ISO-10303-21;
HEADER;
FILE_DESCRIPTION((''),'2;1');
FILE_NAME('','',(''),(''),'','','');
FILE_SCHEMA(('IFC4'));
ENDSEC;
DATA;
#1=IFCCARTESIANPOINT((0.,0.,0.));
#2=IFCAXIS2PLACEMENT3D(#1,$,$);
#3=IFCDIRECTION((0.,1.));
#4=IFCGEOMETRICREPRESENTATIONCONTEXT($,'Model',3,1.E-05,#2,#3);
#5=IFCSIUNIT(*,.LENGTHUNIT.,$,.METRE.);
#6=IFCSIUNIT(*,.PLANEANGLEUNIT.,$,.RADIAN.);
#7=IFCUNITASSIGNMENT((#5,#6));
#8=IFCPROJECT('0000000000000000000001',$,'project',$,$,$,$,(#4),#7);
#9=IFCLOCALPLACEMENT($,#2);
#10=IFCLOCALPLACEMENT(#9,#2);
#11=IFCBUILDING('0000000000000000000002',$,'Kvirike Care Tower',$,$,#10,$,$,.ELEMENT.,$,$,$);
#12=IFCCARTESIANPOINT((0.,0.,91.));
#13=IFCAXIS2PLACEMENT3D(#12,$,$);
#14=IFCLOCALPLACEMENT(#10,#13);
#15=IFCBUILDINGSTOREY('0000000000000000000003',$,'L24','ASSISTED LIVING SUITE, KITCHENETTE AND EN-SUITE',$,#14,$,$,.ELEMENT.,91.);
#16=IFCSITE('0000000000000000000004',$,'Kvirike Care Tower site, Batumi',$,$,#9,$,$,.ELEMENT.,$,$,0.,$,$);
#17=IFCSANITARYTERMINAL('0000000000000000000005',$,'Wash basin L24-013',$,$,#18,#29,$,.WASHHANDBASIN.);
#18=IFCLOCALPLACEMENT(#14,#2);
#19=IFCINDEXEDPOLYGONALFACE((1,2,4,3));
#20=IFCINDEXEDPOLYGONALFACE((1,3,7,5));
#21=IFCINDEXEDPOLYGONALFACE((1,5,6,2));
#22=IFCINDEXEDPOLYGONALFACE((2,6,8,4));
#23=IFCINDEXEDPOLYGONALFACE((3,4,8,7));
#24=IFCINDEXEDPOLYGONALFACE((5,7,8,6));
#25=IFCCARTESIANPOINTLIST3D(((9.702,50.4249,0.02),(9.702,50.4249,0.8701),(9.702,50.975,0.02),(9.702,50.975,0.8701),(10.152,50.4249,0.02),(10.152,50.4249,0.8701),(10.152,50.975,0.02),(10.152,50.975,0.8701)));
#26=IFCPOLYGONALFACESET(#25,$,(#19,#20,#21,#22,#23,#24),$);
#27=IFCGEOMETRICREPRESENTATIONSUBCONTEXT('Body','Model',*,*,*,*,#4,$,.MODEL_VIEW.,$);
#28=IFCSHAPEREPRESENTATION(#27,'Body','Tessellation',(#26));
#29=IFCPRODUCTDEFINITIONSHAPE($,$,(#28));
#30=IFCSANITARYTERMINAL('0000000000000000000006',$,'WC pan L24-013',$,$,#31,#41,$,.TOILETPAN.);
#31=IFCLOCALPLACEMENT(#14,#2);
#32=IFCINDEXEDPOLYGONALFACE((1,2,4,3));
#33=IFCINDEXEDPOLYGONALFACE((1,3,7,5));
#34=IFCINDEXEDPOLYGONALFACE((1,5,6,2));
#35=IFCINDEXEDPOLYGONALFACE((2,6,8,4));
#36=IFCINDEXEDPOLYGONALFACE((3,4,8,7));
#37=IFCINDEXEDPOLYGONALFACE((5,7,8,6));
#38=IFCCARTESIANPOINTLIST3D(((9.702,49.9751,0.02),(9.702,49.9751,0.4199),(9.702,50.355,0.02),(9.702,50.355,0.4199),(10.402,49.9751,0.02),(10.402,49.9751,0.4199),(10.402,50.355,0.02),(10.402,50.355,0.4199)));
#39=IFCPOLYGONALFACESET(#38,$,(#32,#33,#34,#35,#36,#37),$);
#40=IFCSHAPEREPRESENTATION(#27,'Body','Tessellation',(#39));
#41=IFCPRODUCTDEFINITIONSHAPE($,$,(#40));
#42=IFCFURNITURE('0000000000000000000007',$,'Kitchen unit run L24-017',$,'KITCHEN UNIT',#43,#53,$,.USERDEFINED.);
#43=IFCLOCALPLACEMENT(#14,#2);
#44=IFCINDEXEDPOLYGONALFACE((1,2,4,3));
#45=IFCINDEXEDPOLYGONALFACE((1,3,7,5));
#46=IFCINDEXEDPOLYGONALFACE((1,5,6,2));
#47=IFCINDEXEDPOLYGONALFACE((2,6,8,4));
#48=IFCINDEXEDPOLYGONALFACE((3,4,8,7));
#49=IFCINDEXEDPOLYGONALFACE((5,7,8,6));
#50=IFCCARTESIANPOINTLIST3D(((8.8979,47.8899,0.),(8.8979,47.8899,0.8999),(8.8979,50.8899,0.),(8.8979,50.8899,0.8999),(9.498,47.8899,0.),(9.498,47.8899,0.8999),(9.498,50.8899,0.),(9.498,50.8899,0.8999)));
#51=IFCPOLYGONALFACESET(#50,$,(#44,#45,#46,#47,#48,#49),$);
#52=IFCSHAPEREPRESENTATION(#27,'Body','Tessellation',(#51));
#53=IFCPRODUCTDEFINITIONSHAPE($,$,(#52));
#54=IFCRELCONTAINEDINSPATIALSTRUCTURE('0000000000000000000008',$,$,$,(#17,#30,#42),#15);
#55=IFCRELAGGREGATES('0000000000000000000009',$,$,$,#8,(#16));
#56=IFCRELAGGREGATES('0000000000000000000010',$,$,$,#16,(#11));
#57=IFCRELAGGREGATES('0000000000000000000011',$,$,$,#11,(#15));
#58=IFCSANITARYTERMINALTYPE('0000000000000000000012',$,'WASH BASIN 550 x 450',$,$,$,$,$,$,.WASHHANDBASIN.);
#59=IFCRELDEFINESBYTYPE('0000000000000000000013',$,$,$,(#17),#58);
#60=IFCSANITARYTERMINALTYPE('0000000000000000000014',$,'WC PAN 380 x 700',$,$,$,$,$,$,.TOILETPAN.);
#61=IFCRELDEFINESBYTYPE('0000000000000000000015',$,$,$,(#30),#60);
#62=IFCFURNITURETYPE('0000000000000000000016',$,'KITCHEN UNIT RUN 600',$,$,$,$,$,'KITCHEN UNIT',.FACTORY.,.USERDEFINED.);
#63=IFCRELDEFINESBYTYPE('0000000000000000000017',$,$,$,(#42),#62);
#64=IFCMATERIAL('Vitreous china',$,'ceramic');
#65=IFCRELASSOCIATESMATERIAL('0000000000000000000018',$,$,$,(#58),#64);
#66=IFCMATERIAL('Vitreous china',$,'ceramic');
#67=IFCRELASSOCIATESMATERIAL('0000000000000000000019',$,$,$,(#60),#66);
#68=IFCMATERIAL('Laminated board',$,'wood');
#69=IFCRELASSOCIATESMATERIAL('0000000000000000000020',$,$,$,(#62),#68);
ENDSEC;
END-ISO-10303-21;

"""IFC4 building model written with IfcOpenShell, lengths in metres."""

from ifc_helpers import new_model, si_unit, direction, frame, origin, origin_2d, place, context, subcontext, project, spatial, rectangle, extrude, material, type_object, element, save


model = new_model("IFC4")

# Units and contexts
model_context = context("Model", 3, precision=1e-05, world=origin(), true_north=direction((0.0, 1.0)))
body_context = subcontext(model_context, "Body", "Model", "MODEL_VIEW")
ifc_project = project(units=[si_unit("LENGTHUNIT", "METRE"), si_unit("PLANEANGLEUNIT", "RADIAN")], contexts=[model_context])

# Site, building, storey
site_placement = place(None, origin())
site = spatial("IfcSite", under=ifc_project, at=site_placement, Name="Kvirike Care Tower site, Batumi", CompositionType="ELEMENT", RefElevation=0.0)
building_placement = place(site_placement, origin())
building = spatial("IfcBuilding", under=site, at=building_placement, Name="Kvirike Care Tower", CompositionType="ELEMENT")
storey_placement = place(building_placement, frame((0.0, 0.0, 91.0)))
storey = spatial("IfcBuildingStorey", under=building, at=storey_placement, Name="L24", Description="ASSISTED LIVING SUITE, KITCHENETTE AND EN-SUITE", CompositionType="ELEMENT", Elevation=91.0)

# Sanitary terminals
ifc_material_1 = material(Name="Vitreous china", Category="ceramic")
sanitary_terminal_type_1 = type_object("IfcSanitaryTerminalType", Name="WASH BASIN 550 x 450", PredefinedType="WASHHANDBASIN", material=ifc_material_1)
sanitary_terminal_1_placement = place(storey_placement, frame((9.927, 50.7, 0.02), z_axis=(0.0, 0.0, 1.0), x_axis=(0.0, 1.0, 0.0)))
element("IfcSanitaryTerminal", 1, at=sanitary_terminal_1_placement, inside=storey, type_object=sanitary_terminal_type_1, Name="Wash basin L24-013", PredefinedType="WASHHANDBASIN", context=body_context, shape_type="SweptSolid", body=[
    extrude(rectangle(XDim=0.55, YDim=0.45, at=origin_2d()), origin(), (0.0, 0.0, 1.0), 0.8501),
])
ifc_material_2 = material(Name="Vitreous china", Category="ceramic")
sanitary_terminal_type_2 = type_object("IfcSanitaryTerminalType", Name="WC PAN 380 x 700", PredefinedType="TOILETPAN", material=ifc_material_2)
sanitary_terminal_2_placement = place(storey_placement, frame((10.052, 50.165, 0.02), z_axis=(0.0, 0.0, 1.0), x_axis=(0.0, 1.0, 0.0)))
element("IfcSanitaryTerminal", 2, at=sanitary_terminal_2_placement, inside=storey, type_object=sanitary_terminal_type_2, Name="WC pan L24-013", PredefinedType="TOILETPAN", context=body_context, shape_type="SweptSolid", body=[
    extrude(rectangle(XDim=0.3799, YDim=0.7, at=origin_2d()), origin(), (0.0, 0.0, 1.0), 0.3999),
])

# Furniture
ifc_material_3 = material(Name="Laminated board", Category="wood")
furniture_type = type_object("IfcFurnitureType", Name="KITCHEN UNIT RUN 600", ElementType="KITCHEN UNIT", AssemblyPlace="FACTORY", PredefinedType="USERDEFINED", material=ifc_material_3)
furniture_placement = place(storey_placement, frame((9.198, 49.3899, 0.0), z_axis=(0.0, 0.0, 1.0), x_axis=(0.0, -1.0, 0.0)))
element("IfcFurniture", 3, at=furniture_placement, inside=storey, type_object=furniture_type, Name="Kitchen unit run L24-017", ObjectType="KITCHEN UNIT", PredefinedType="USERDEFINED", context=body_context, shape_type="SweptSolid", body=[
    extrude(rectangle(XDim=3.0, YDim=0.6001, at=origin_2d()), origin(), (0.0, 0.0, 1.0), 0.8999),
])

save(model, "model.ifc")
